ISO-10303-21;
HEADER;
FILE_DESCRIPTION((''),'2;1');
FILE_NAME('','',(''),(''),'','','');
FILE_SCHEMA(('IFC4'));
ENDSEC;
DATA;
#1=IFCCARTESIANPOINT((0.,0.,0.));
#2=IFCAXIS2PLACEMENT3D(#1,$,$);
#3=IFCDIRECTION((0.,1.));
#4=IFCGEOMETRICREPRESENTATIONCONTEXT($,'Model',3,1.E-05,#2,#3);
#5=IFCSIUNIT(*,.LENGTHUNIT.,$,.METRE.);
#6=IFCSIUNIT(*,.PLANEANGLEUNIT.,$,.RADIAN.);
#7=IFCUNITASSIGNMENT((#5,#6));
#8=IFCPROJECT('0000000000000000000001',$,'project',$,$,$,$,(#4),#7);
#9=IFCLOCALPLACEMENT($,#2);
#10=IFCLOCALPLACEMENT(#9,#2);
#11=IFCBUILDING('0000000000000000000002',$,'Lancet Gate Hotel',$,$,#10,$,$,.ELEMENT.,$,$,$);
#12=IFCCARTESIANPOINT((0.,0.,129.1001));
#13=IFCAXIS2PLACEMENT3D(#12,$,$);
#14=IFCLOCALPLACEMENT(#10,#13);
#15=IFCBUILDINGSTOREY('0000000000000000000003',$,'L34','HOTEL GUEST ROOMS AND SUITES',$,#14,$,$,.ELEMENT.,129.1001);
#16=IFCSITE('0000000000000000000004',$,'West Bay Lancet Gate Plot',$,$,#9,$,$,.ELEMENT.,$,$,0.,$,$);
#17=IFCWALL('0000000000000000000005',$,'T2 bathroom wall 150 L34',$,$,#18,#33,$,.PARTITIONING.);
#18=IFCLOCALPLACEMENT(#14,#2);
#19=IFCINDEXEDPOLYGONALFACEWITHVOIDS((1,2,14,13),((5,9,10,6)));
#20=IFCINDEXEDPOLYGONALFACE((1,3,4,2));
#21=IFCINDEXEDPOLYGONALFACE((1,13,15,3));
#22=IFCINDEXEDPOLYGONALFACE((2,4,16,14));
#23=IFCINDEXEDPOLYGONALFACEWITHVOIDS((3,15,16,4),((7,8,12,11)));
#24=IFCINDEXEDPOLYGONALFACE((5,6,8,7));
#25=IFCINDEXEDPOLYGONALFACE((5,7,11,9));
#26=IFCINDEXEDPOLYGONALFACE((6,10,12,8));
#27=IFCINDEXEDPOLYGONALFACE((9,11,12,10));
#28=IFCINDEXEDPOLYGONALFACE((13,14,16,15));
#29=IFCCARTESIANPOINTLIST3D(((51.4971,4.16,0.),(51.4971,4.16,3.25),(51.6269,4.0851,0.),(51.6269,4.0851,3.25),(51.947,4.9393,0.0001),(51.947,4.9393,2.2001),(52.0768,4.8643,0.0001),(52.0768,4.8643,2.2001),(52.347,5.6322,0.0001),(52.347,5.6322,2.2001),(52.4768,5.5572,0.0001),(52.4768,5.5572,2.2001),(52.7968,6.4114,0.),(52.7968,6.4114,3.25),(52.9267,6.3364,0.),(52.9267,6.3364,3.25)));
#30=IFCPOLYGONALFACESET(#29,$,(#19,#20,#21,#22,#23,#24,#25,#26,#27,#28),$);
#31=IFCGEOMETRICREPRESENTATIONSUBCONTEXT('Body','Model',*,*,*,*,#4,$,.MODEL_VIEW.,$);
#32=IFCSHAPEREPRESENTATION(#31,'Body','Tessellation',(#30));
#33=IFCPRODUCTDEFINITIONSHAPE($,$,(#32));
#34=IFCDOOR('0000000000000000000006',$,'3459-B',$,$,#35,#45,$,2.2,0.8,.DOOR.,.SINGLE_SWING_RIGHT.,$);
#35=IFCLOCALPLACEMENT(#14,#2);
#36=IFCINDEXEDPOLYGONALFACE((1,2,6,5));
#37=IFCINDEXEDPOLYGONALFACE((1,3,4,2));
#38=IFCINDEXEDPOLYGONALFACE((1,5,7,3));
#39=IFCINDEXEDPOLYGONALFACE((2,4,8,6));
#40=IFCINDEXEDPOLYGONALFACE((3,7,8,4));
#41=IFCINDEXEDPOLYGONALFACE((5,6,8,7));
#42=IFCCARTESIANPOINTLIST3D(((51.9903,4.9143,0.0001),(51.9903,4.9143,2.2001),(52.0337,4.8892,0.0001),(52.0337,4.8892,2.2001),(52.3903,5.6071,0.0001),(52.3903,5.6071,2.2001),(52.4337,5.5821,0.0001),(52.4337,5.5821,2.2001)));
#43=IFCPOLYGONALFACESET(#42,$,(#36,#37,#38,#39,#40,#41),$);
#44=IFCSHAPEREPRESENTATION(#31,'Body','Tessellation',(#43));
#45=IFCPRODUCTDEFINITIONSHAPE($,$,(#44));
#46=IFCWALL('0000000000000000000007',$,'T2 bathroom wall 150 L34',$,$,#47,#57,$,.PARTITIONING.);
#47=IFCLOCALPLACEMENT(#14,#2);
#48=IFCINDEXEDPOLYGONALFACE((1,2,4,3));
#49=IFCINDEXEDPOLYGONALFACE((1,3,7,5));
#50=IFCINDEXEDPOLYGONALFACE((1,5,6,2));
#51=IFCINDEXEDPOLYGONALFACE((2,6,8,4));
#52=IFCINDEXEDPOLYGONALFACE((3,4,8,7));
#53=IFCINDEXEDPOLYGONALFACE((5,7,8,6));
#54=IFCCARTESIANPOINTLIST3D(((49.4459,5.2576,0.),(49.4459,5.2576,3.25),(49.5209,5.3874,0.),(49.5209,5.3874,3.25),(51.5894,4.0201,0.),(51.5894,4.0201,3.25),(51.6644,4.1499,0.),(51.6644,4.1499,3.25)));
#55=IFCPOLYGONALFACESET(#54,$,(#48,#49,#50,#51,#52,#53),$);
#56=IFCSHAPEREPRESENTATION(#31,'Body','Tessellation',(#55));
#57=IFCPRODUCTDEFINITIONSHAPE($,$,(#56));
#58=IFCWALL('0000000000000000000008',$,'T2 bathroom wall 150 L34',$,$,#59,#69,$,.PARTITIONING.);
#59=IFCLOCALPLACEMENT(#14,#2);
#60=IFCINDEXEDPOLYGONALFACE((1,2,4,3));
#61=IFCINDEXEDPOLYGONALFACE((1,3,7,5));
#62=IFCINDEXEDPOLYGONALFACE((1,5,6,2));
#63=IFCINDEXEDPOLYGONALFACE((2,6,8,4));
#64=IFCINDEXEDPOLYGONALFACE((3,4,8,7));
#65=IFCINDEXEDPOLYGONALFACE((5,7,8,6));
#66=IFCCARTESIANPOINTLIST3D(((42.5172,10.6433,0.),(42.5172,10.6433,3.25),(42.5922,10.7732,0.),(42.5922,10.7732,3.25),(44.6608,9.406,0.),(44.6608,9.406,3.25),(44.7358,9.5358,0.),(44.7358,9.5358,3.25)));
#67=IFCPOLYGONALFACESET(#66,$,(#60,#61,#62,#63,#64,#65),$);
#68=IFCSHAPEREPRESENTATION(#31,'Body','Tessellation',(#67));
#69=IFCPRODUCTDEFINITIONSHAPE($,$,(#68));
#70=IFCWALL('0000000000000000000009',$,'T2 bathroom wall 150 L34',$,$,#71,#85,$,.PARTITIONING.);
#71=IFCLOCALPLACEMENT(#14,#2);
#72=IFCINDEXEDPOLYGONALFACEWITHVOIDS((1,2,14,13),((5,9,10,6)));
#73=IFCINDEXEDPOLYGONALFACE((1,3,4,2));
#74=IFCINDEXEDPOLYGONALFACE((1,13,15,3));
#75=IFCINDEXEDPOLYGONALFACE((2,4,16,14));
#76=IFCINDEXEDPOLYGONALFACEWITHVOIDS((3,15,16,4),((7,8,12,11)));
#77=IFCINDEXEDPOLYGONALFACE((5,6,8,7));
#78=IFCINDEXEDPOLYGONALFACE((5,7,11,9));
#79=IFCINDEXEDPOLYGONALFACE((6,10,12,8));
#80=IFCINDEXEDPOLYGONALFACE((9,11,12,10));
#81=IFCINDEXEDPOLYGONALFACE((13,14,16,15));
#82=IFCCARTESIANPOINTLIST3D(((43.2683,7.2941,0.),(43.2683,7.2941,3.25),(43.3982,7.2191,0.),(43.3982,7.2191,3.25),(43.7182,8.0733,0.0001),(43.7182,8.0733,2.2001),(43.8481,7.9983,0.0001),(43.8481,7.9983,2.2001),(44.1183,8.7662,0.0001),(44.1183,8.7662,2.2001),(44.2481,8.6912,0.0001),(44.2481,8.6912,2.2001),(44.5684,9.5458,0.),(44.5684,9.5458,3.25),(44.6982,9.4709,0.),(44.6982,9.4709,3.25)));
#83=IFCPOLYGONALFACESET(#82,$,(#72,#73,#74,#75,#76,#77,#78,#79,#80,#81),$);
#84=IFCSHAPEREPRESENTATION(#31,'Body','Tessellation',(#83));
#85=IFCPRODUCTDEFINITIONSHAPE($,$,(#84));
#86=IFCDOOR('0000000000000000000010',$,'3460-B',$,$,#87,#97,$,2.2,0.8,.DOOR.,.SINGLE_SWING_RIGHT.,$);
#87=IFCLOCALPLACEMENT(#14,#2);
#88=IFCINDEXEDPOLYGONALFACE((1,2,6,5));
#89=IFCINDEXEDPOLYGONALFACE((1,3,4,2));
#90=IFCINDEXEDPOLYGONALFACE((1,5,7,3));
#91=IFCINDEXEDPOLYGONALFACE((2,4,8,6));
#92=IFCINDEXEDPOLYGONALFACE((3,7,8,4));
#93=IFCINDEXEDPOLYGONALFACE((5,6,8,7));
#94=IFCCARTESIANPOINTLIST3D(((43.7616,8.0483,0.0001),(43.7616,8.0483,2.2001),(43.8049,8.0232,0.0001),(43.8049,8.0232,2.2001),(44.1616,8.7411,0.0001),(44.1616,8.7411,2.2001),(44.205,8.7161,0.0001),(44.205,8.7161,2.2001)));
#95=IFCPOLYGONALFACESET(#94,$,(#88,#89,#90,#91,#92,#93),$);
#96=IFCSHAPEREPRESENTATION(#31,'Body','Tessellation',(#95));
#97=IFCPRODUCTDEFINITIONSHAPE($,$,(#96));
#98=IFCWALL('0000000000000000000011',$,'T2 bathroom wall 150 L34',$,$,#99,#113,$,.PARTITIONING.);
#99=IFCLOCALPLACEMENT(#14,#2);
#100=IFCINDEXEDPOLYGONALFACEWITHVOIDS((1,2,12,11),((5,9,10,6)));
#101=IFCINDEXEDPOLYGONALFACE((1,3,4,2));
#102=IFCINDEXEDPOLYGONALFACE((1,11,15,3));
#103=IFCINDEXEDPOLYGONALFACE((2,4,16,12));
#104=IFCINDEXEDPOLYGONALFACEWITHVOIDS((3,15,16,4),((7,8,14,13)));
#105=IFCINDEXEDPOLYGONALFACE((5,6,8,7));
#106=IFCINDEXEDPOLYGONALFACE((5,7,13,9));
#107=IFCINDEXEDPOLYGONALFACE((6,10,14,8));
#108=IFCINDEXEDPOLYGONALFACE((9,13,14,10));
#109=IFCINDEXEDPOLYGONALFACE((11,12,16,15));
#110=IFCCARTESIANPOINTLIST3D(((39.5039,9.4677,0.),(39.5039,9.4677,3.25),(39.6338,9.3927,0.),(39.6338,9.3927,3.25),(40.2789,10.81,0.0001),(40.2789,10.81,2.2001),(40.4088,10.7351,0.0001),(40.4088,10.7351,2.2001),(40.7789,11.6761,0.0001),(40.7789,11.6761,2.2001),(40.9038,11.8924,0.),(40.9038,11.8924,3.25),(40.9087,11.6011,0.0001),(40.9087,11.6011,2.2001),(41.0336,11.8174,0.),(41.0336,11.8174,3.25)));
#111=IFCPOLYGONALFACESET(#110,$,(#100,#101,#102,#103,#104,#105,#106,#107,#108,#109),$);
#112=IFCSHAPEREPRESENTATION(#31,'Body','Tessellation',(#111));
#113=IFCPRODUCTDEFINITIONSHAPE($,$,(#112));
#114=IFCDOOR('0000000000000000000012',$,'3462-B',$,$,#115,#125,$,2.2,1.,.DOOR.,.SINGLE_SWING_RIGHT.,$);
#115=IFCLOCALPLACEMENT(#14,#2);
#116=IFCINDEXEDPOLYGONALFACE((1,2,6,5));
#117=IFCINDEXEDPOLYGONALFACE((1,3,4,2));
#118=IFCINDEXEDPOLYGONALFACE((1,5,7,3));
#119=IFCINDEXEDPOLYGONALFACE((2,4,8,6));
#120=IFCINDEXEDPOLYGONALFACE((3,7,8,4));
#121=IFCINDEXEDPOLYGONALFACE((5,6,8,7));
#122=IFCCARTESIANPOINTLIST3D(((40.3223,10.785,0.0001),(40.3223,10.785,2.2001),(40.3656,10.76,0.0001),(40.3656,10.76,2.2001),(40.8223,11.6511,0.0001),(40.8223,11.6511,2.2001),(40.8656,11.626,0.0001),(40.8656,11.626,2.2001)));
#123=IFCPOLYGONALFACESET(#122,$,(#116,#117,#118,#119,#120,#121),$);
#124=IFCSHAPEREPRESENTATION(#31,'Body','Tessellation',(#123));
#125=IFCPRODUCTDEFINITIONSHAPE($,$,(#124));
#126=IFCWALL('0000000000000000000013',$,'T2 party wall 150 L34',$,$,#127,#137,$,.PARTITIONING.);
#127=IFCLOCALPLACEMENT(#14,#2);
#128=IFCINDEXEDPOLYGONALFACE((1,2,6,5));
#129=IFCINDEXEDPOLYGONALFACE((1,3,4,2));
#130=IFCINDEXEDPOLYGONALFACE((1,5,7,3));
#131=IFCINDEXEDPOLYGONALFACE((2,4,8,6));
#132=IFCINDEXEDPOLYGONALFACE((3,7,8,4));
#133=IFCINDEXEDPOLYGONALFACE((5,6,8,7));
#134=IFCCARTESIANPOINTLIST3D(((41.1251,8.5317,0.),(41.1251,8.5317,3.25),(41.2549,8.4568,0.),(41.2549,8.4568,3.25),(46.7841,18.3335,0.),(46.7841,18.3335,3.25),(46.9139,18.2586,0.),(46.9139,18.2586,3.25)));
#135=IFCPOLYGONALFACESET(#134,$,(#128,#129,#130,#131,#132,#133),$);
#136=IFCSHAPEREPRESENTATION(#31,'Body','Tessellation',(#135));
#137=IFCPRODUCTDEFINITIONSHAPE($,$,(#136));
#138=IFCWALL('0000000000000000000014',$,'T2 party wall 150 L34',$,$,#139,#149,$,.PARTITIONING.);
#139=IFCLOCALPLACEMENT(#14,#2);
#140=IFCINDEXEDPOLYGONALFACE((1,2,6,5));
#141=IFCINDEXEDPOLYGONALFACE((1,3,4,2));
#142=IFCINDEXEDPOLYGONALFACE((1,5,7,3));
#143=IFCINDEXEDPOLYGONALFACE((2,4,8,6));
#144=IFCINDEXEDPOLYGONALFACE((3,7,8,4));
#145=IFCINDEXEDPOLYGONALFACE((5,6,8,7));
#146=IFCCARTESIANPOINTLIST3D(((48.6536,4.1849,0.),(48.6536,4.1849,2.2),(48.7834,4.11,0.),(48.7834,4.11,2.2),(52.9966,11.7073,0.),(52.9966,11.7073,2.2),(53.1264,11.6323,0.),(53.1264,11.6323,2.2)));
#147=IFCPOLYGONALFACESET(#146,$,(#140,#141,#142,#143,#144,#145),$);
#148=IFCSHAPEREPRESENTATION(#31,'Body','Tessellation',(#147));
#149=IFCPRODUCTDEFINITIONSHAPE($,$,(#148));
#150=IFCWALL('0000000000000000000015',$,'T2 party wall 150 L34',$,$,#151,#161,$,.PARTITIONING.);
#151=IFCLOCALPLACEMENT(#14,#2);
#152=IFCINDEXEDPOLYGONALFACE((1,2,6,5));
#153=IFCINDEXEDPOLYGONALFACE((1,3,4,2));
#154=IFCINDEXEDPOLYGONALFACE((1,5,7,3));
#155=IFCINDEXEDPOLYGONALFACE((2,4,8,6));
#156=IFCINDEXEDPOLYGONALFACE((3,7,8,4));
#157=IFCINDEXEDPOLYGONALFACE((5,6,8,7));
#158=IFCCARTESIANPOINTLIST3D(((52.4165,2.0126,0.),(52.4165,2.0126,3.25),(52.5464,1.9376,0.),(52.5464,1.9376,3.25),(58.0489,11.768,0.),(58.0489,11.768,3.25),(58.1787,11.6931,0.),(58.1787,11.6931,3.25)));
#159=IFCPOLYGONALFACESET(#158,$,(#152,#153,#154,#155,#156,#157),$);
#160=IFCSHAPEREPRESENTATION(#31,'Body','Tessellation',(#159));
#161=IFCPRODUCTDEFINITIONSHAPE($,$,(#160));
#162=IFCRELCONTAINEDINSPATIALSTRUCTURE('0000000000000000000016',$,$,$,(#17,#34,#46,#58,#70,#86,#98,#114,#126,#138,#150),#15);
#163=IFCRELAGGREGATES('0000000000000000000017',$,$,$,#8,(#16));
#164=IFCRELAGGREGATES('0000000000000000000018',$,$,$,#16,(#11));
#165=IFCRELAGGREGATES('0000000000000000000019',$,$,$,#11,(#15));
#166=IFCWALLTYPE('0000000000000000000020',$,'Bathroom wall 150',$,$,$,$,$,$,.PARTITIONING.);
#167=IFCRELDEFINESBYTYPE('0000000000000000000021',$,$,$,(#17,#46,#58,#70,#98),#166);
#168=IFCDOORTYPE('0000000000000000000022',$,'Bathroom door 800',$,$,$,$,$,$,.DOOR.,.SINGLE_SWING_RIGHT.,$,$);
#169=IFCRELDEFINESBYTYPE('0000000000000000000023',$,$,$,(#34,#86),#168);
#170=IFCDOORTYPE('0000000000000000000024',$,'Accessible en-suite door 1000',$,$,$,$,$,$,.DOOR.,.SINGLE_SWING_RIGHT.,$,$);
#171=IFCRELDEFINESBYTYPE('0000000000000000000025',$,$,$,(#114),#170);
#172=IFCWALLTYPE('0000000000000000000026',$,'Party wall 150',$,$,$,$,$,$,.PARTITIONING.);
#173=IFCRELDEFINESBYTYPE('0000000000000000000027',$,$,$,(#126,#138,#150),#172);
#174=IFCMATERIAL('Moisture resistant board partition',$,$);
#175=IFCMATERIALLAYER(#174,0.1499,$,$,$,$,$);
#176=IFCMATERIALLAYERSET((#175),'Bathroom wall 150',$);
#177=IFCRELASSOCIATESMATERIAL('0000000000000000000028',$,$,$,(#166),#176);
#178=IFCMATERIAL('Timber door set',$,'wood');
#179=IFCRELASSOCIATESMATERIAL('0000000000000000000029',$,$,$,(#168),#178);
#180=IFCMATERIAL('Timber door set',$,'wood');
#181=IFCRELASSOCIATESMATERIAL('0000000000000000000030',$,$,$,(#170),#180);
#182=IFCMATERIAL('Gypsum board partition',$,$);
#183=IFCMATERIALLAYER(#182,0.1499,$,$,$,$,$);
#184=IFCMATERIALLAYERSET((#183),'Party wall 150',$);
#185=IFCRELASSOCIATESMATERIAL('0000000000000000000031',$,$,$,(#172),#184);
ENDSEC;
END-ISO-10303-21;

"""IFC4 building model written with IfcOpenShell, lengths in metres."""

from ifc_helpers import new_model, si_unit, direction, frame, frame_2d, origin, place, context, subcontext, project, spatial, rectangle, extrude, material, layer, layer_set, type_object, element, fill, save


model = new_model("IFC4")

# Units and contexts
model_context = context("Model", 3, precision=1e-05, world=origin(), true_north=direction((0.0, 1.0)))
body_context = subcontext(model_context, "Body", "Model", "MODEL_VIEW")
ifc_project = project(units=[si_unit("LENGTHUNIT", "METRE"), si_unit("PLANEANGLEUNIT", "RADIAN")], contexts=[model_context])

# Site, building, storey
site_placement = place(None, origin())
site = spatial("IfcSite", under=ifc_project, at=site_placement, Name="West Bay Lancet Gate Plot", CompositionType="ELEMENT", RefElevation=0.0)
building_placement = place(site_placement, origin())
building = spatial("IfcBuilding", under=site, at=building_placement, Name="Lancet Gate Hotel", CompositionType="ELEMENT")
storey_placement = place(building_placement, frame((0.0, 0.0, 129.1001)))
storey = spatial("IfcBuildingStorey", under=building, at=storey_placement, Name="L34", Description="HOTEL GUEST ROOMS AND SUITES", CompositionType="ELEMENT", Elevation=129.1001)

# Shared definitions
ifc_material_1 = material(Name="Moisture resistant board partition")
ifc_layer_1 = layer(ifc_material_1, 0.1499)
ifc_layer_set_1 = layer_set([ifc_layer_1], Name="Bathroom wall 150")
wall_type_1 = type_object("IfcWallType", Name="Bathroom wall 150", PredefinedType="PARTITIONING", material=ifc_layer_set_1)

# Wall, opening, door
wall_1_placement = place(storey_placement, frame((51.562, 4.1226, 0.0), z_axis=(0.0, 0.0, 1.0), x_axis=(0.499977, 0.866039, 0.0)))
wall_1 = element("IfcWall", 1, at=wall_1_placement, inside=storey, type_object=wall_type_1, Name="T2 bathroom wall 150 L34", PredefinedType="PARTITIONING", context=body_context, shape_type="SweptSolid", body=[
    extrude(rectangle(XDim=2.5996, YDim=0.1499, at=frame_2d((1.2998, 0.0))), origin(), (0.0, 0.0, 1.0), 3.25),
])
opening_1_placement = place(wall_1_placement, frame((0.8999, 0.0, 0.0)))
opening_1 = element("IfcOpeningElement", 2, at=opening_1_placement, cuts=wall_1, PredefinedType="OPENING", context=body_context, shape_type="SweptSolid", body=[
    extrude(rectangle(XDim=0.8, YDim=2.2, at=frame_2d((0.3999, 1.1001))), frame((0.0, 0.085, 0.0), z_axis=(0.0, -1.0, 0.0), x_axis=(1.0, 0.0, 0.0)), (0.0, 0.0, 1.0), 0.1699),
])
ifc_material_2 = material(Name="Timber door set", Category="wood")
door_type_1 = type_object("IfcDoorType", Name="Bathroom door 800", OperationType="SINGLE_SWING_RIGHT", PredefinedType="DOOR", material=ifc_material_2)
door_1_placement = place(opening_1_placement, origin())
door_1 = element("IfcDoor", 3, at=door_1_placement, inside=storey, type_object=door_type_1, Name="3459-B", OperationType="SINGLE_SWING_RIGHT", OverallHeight=2.2, OverallWidth=0.8, PredefinedType="DOOR", context=body_context, shape_type="SweptSolid", body=[
    extrude(rectangle(XDim=0.8, YDim=2.2, at=frame_2d((0.3999, 1.1001))), frame((0.0, 0.0249, 0.0), z_axis=(0.0, -1.0, 0.0), x_axis=(1.0, 0.0, 0.0)), (0.0, 0.0, 1.0), 0.05),
])
fill(opening_1, door_1)

# Walls
for number, where, z_axis, x_axis, name in (
    (4, (49.4834, 5.3225, 0.0), (0.0, 0.0, 1.0), (0.866031, -0.49999, 0.0), "T2 bathroom wall 150 L34"),
    (5, (42.5547, 10.7083, 0.0), (0.0, 0.0, 1.0), (0.866074, -0.499916, 0.0), "T2 bathroom wall 150 L34"),
):
    element("IfcWall", number, at=place(storey_placement, frame(where, z_axis=z_axis, x_axis=x_axis)), inside=storey, type_object=wall_type_1, Name=name, PredefinedType="PARTITIONING", context=body_context, shape_type="SweptSolid", body=[
        extrude(rectangle(XDim=2.4751, YDim=0.1499, at=frame_2d((1.2375, 0.0))), origin(), (0.0, 0.0, 1.0), 3.25),
    ])

# Walls, openings, doors
wall_2_placement = place(storey_placement, frame((43.3333, 7.2566, 0.0), z_axis=(0.0, 0.0, 1.0), x_axis=(0.500007, 0.866021, 0.0)))
wall_2 = element("IfcWall", 6, at=wall_2_placement, inside=storey, type_object=wall_type_1, Name="T2 bathroom wall 150 L34", PredefinedType="PARTITIONING", context=body_context, shape_type="SweptSolid", body=[
    extrude(rectangle(XDim=2.6001, YDim=0.1499, at=frame_2d((1.3, 0.0))), origin(), (0.0, 0.0, 1.0), 3.25),
])
opening_2_placement = place(wall_2_placement, frame((0.8999, 0.0, 0.0)))
opening_2 = element("IfcOpeningElement", 7, at=opening_2_placement, cuts=wall_2, PredefinedType="OPENING", context=body_context, shape_type="SweptSolid", body=[
    extrude(rectangle(XDim=0.8, YDim=2.2, at=frame_2d((0.3999, 1.1001))), frame((0.0, 0.085, 0.0), z_axis=(0.0, -1.0, 0.0), x_axis=(1.0, 0.0, 0.0)), (0.0, 0.0, 1.0), 0.1699),
])
door_2_placement = place(opening_2_placement, origin())
door_2 = element("IfcDoor", 8, at=door_2_placement, inside=storey, type_object=door_type_1, Name="3460-B", OperationType="SINGLE_SWING_RIGHT", OverallHeight=2.2, OverallWidth=0.8, PredefinedType="DOOR", context=body_context, shape_type="SweptSolid", body=[
    extrude(rectangle(XDim=0.8, YDim=2.2, at=frame_2d((0.3999, 1.1001))), frame((0.0, 0.0249, 0.0), z_axis=(0.0, -1.0, 0.0), x_axis=(1.0, 0.0, 0.0)), (0.0, 0.0, 1.0), 0.05),
])
fill(opening_2, door_2)
wall_3_placement = place(storey_placement, frame((39.5688, 9.4302, 0.0), z_axis=(0.0, 0.0, 1.0), x_axis=(0.499984, 0.866035, 0.0)))
wall_3 = element("IfcWall", 9, at=wall_3_placement, inside=storey, type_object=wall_type_1, Name="T2 bathroom wall 150 L34", PredefinedType="PARTITIONING", context=body_context, shape_type="SweptSolid", body=[
    extrude(rectangle(XDim=2.7998, YDim=0.1499, at=frame_2d((1.3999, 0.0))), origin(), (0.0, 0.0, 1.0), 3.25),
])
opening_3_placement = place(wall_3_placement, frame((1.55, 0.0, 0.0)))
opening_3 = element("IfcOpeningElement", 10, at=opening_3_placement, cuts=wall_3, PredefinedType="OPENING", context=body_context, shape_type="SweptSolid", body=[
    extrude(rectangle(XDim=1.0, YDim=2.2, at=frame_2d((0.5, 1.1001))), frame((0.0, 0.085, 0.0), z_axis=(0.0, -1.0, 0.0), x_axis=(1.0, 0.0, 0.0)), (0.0, 0.0, 1.0), 0.1699),
])
ifc_material_3 = material(Name="Timber door set", Category="wood")
door_type_2 = type_object("IfcDoorType", Name="Accessible en-suite door 1000", OperationType="SINGLE_SWING_RIGHT", PredefinedType="DOOR", material=ifc_material_3)
door_3_placement = place(opening_3_placement, origin())
door_3 = element("IfcDoor", 11, at=door_3_placement, inside=storey, type_object=door_type_2, Name="3462-B", OperationType="SINGLE_SWING_RIGHT", OverallHeight=2.2, OverallWidth=1.0, PredefinedType="DOOR", context=body_context, shape_type="SweptSolid", body=[
    extrude(rectangle(XDim=1.0, YDim=2.2, at=frame_2d((0.5, 1.1001))), frame((0.0, 0.0249, 0.0), z_axis=(0.0, -1.0, 0.0), x_axis=(1.0, 0.0, 0.0)), (0.0, 0.0, 1.0), 0.05),
])
fill(opening_3, door_3)

# Walls
ifc_material_4 = material(Name="Gypsum board partition")
ifc_layer_2 = layer(ifc_material_4, 0.1499)
ifc_layer_set_2 = layer_set([ifc_layer_2], Name="Party wall 150")
wall_type_2 = type_object("IfcWallType", Name="Party wall 150", PredefinedType="PARTITIONING", material=ifc_layer_set_2)
wall_4_placement = place(storey_placement, frame((41.1899, 8.4941, 0.0), z_axis=(0.0, 0.0, 1.0), x_axis=(0.499993, 0.86603, 0.0)))
element("IfcWall", 12, at=wall_4_placement, inside=storey, type_object=wall_type_2, Name="T2 party wall 150 L34", PredefinedType="PARTITIONING", context=body_context, shape_type="SweptSolid", body=[
    extrude(rectangle(XDim=11.3181, YDim=0.1499, at=frame_2d((5.6592, 0.0))), origin(), (0.0, 0.0, 1.0), 3.25),
])
wall_5_placement = place(storey_placement, frame((48.7185, 4.1475, 0.0), z_axis=(0.0, 0.0, 1.0), x_axis=(0.499993, 0.866029, 0.0)))
element("IfcWall", 13, at=wall_5_placement, inside=storey, type_object=wall_type_2, Name="T2 party wall 150 L34", PredefinedType="PARTITIONING", context=body_context, shape_type="SweptSolid", body=[
    extrude(rectangle(XDim=8.686, YDim=0.1499, at=frame_2d((4.343, 0.0))), origin(), (0.0, 0.0, 1.0), 2.2),
])
wall_6_placement = place(storey_placement, frame((52.4814, 1.9751, 0.0), z_axis=(0.0, 0.0, 1.0), x_axis=(0.500004, 0.866023, 0.0)))
element("IfcWall", 14, at=wall_6_placement, inside=storey, type_object=wall_type_2, Name="T2 party wall 150 L34", PredefinedType="PARTITIONING", context=body_context, shape_type="SweptSolid", body=[
    extrude(rectangle(XDim=11.2646, YDim=0.1499, at=frame_2d((5.6323, 0.0))), origin(), (0.0, 0.0, 1.0), 3.25),
])

save(model, "model.ifc")
